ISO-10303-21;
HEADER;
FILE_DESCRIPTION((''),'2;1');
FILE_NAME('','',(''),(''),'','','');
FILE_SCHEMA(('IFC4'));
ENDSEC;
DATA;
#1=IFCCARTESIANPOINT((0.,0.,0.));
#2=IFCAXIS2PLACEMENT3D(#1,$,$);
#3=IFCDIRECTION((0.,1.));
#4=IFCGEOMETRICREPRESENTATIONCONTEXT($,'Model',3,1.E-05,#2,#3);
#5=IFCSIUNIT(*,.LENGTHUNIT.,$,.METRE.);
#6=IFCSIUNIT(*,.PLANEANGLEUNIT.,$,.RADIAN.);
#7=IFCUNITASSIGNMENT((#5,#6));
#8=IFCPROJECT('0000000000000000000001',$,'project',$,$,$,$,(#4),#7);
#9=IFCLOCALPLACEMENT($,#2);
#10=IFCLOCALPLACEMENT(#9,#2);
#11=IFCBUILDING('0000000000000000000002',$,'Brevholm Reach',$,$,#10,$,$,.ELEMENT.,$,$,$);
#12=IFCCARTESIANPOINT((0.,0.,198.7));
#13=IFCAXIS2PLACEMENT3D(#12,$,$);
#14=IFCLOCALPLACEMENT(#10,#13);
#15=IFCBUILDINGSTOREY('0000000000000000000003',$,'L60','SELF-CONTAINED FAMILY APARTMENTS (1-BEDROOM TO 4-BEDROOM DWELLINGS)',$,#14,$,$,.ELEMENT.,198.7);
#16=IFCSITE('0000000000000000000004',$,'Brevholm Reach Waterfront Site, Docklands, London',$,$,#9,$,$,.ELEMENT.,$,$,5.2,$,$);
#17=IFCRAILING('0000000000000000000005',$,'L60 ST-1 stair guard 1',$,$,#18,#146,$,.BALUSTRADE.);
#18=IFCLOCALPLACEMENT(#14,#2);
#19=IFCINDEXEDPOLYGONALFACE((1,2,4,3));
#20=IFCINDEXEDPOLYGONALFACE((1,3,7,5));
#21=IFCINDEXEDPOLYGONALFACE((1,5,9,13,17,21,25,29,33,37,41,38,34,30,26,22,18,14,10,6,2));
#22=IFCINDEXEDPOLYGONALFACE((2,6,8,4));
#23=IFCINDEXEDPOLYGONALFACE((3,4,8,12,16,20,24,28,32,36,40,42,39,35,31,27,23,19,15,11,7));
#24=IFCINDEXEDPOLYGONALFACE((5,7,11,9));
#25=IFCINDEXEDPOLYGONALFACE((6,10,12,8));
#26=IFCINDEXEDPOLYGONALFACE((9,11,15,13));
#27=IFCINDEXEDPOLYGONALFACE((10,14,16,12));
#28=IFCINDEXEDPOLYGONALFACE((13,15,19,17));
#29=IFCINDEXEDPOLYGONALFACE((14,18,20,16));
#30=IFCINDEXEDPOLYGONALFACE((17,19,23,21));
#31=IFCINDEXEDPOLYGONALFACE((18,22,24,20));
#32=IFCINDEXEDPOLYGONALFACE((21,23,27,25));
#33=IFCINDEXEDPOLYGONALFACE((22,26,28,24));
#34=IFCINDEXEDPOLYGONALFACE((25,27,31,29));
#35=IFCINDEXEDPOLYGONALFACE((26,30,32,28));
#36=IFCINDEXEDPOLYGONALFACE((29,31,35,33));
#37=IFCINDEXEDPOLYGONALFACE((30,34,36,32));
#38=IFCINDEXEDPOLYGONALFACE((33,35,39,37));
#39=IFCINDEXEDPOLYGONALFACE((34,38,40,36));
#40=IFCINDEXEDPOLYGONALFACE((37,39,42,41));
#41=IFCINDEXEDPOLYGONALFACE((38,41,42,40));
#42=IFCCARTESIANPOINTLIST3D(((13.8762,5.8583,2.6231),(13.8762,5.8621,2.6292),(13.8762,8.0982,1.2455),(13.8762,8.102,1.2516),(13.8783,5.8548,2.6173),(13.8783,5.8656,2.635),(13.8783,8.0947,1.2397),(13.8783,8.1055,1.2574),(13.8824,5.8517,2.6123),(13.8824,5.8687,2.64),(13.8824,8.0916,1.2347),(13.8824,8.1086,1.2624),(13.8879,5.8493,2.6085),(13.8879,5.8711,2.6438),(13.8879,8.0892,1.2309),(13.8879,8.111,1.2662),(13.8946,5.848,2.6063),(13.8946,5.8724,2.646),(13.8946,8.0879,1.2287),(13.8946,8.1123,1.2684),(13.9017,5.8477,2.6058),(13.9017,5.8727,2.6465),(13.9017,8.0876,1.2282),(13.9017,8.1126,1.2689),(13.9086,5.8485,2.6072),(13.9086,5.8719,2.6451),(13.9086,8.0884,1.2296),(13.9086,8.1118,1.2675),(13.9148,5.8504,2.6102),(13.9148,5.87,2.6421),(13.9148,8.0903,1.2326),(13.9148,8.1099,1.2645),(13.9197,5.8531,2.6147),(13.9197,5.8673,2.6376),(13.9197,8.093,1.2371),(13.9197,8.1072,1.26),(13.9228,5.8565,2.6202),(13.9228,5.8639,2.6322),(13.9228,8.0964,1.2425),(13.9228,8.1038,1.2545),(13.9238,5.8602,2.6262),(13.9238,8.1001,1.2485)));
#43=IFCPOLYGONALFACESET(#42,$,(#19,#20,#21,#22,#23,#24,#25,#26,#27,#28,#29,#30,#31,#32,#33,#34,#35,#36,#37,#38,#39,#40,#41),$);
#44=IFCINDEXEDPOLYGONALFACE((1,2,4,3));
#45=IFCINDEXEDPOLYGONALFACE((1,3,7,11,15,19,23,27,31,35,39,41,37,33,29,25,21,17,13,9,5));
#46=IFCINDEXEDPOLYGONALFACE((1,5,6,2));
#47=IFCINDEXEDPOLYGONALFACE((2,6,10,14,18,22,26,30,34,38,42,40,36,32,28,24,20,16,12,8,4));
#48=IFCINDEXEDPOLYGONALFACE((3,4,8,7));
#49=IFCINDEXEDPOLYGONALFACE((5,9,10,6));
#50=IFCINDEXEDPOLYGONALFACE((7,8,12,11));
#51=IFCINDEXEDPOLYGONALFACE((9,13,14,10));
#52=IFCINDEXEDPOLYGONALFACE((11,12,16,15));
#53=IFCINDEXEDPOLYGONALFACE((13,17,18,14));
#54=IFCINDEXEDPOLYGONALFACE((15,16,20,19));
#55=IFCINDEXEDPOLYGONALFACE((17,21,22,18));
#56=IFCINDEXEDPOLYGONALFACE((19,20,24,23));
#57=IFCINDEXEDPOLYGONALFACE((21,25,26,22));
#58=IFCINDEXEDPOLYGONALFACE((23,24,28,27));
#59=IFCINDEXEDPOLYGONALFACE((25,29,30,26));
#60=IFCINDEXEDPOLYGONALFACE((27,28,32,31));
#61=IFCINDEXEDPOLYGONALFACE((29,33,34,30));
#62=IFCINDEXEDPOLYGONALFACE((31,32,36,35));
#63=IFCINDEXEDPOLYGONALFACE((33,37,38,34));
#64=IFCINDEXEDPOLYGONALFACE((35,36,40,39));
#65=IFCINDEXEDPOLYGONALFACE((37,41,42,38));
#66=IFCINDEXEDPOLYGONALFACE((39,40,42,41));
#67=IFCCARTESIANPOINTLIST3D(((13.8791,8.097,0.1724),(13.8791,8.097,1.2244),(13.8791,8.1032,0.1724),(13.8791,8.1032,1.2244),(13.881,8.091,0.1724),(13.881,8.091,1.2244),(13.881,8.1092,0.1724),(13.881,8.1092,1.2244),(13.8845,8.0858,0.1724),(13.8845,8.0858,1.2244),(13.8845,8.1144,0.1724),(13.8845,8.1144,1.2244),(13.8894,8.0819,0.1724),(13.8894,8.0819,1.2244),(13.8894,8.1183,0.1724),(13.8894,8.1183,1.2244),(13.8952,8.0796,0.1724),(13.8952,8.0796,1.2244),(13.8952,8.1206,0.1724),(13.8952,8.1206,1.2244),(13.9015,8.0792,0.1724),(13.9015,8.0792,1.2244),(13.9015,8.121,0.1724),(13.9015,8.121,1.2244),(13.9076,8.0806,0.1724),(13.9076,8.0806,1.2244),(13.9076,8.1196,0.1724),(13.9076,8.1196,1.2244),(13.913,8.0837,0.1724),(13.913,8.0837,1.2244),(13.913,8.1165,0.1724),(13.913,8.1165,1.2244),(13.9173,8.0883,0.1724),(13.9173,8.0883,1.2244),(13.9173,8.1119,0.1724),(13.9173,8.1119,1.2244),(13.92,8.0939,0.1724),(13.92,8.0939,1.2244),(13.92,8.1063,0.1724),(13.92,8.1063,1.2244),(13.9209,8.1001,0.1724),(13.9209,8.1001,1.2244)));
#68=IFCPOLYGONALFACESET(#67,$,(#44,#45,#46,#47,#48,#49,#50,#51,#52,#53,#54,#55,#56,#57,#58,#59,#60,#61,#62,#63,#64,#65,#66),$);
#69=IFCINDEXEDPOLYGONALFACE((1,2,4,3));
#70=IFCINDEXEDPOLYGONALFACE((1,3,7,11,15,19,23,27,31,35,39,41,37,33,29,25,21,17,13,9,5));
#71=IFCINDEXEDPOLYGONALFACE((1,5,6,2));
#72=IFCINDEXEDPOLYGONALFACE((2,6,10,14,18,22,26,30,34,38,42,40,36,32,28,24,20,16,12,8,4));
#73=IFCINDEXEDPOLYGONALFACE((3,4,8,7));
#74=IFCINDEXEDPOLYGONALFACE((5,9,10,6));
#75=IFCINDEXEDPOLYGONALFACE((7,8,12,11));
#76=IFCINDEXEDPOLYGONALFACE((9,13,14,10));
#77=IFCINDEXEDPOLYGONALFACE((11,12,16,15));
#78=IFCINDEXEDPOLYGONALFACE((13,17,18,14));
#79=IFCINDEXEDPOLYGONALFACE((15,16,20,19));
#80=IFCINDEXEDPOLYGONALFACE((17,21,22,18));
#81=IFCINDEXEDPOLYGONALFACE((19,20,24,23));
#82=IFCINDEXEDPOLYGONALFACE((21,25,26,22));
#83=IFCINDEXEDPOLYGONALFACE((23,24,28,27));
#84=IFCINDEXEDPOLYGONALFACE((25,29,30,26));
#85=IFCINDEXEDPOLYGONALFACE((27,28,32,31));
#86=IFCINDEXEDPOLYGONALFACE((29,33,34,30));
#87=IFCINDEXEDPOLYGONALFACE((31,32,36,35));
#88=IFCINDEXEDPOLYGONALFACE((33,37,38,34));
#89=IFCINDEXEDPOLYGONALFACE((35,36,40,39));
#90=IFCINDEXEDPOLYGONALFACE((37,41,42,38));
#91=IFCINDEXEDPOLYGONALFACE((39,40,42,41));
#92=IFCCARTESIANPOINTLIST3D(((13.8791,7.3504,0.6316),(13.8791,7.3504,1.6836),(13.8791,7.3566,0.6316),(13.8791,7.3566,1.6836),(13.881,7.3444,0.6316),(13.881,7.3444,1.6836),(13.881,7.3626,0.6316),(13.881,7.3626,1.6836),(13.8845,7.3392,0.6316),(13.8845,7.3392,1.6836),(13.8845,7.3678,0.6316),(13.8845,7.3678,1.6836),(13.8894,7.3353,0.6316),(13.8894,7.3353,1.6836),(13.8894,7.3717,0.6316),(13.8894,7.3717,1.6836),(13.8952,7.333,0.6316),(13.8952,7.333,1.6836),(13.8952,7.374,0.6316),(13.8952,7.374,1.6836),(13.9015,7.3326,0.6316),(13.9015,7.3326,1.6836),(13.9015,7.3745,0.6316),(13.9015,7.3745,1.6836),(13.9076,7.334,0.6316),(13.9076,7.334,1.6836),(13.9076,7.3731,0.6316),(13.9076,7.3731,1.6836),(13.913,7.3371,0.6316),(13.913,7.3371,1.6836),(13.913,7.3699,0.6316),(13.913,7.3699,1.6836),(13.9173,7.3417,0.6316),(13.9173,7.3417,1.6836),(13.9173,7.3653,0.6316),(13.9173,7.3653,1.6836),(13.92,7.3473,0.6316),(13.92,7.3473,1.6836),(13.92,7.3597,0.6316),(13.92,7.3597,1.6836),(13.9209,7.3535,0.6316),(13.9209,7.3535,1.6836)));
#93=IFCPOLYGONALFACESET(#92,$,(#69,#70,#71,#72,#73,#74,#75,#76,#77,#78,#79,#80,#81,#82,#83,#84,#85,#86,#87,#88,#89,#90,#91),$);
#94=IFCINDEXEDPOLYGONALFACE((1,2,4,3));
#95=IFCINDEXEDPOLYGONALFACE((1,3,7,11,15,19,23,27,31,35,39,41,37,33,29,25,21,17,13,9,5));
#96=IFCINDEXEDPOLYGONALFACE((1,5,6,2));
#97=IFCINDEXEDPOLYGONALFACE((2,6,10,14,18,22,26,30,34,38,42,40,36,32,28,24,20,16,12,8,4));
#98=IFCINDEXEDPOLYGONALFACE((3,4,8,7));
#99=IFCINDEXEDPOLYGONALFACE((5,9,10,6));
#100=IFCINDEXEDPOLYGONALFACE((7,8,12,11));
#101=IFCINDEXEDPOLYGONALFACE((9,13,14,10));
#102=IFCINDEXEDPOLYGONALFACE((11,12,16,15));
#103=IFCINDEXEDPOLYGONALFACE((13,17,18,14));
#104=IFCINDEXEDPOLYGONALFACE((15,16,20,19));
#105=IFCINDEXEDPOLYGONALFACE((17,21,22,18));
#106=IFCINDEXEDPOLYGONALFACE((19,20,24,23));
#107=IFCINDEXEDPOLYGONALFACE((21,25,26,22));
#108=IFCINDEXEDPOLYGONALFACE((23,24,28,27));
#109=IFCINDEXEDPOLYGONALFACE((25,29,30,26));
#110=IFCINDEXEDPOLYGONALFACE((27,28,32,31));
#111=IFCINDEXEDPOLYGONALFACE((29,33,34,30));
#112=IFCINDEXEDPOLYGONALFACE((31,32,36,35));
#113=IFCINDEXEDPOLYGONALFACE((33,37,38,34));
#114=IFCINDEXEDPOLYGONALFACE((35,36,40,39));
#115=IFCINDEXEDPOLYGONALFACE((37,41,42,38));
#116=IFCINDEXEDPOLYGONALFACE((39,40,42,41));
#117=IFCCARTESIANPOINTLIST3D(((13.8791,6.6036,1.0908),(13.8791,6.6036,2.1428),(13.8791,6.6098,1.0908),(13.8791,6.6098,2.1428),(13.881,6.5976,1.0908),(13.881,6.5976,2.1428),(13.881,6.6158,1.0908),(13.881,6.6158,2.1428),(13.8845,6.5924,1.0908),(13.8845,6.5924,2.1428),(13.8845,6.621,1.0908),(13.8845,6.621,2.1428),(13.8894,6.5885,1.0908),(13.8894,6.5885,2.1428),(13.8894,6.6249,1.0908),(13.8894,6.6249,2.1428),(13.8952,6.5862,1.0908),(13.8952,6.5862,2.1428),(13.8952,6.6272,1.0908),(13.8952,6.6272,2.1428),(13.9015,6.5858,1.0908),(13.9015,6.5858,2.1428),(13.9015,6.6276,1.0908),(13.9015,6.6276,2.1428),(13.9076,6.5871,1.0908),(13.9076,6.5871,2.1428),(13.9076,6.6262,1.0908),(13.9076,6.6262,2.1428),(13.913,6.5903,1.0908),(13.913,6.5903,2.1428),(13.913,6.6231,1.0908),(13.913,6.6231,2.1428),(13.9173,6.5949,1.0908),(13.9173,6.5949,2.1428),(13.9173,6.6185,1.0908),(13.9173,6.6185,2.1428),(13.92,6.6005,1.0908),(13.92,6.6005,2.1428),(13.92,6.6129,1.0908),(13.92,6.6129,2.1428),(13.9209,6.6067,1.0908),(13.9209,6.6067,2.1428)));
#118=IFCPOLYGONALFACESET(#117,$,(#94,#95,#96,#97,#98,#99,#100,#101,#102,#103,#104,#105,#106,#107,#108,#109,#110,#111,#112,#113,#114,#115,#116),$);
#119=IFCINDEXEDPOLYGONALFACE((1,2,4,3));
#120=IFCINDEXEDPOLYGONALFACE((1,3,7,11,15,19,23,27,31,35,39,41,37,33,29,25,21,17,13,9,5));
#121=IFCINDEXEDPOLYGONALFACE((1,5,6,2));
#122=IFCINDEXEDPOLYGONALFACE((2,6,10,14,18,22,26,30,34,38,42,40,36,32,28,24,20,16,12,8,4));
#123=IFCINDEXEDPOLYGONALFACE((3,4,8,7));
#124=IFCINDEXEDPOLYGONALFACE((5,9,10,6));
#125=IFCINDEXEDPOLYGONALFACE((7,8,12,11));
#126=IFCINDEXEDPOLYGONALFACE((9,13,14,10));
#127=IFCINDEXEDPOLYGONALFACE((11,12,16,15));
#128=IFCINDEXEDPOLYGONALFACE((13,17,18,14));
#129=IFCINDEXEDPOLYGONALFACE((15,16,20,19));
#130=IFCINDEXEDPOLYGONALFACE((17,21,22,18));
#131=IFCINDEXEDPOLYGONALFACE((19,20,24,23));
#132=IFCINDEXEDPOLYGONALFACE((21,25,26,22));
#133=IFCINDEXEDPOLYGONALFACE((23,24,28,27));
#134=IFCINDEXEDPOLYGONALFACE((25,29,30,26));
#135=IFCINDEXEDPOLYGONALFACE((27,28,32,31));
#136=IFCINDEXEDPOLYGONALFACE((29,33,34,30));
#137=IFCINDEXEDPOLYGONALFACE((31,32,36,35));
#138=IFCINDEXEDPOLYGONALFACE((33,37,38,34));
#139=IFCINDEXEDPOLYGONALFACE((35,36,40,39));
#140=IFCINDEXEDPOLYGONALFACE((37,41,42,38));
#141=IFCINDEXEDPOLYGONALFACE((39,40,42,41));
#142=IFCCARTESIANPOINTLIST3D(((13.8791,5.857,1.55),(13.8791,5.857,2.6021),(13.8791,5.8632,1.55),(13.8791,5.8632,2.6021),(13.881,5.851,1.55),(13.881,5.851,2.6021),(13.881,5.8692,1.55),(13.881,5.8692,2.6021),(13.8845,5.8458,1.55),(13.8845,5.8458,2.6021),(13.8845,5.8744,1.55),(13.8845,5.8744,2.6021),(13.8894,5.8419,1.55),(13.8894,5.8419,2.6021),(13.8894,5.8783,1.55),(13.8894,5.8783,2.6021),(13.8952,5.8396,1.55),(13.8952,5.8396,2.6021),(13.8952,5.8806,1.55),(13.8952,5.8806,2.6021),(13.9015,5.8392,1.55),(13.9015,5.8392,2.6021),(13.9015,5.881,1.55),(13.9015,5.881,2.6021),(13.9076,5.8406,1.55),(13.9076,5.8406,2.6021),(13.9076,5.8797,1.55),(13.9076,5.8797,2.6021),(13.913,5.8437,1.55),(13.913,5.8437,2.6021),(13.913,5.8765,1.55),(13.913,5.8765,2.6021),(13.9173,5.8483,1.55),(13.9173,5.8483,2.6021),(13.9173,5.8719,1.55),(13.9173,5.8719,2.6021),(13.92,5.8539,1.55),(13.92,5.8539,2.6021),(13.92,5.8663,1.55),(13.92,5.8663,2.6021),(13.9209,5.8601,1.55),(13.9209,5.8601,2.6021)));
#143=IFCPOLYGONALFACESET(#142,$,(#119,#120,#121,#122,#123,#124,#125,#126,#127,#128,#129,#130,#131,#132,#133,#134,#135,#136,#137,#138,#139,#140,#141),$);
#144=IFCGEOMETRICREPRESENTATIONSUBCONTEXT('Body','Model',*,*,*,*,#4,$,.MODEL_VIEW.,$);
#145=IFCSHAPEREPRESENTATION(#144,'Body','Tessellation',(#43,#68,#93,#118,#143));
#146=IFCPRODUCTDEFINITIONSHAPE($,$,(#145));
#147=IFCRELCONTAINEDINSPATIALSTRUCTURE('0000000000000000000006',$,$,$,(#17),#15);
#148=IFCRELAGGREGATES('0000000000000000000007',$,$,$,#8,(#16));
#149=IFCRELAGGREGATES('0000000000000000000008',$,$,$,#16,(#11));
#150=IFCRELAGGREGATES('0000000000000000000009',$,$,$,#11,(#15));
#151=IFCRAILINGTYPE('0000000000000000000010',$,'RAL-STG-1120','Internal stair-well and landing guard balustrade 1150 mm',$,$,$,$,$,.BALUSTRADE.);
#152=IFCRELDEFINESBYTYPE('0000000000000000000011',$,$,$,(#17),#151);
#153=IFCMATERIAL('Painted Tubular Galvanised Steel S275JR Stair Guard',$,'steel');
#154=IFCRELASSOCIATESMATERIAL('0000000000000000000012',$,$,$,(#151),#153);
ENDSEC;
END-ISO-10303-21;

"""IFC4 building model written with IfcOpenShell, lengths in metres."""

from ifc_helpers import new_model, si_unit, direction, frame, origin, origin_2d, place, context, subcontext, project, spatial, circle, extrude, material, type_object, element, save


model = new_model("IFC4")

# Units and contexts
model_context = context("Model", 3, precision=1e-05, world=origin(), true_north=direction((0.0, 1.0)))
body_context = subcontext(model_context, "Body", "Model", "MODEL_VIEW")
ifc_project = project(units=[si_unit("LENGTHUNIT", "METRE"), si_unit("PLANEANGLEUNIT", "RADIAN")], contexts=[model_context])

# Site, building, storey
site_placement = place(None, origin())
site = spatial("IfcSite", under=ifc_project, at=site_placement, Name="Brevholm Reach Waterfront Site, Docklands, London", CompositionType="ELEMENT", RefElevation=5.2)
building_placement = place(site_placement, origin())
building = spatial("IfcBuilding", under=site, at=building_placement, Name="Brevholm Reach", CompositionType="ELEMENT")
storey_placement = place(building_placement, frame((0.0, 0.0, 198.7)))
storey = spatial("IfcBuildingStorey", under=building, at=storey_placement, Name="L60", Description="SELF-CONTAINED FAMILY APARTMENTS (1-BEDROOM TO 4-BEDROOM DWELLINGS)", CompositionType="ELEMENT", Elevation=198.7)

# Railing
ifc_material_1 = material(Name="Painted Tubular Galvanised Steel S275JR Stair Guard", Category="steel")
railing_type_1 = type_object("IfcRailingType", Name="RAL-STG-1120", Description="Internal stair-well and landing guard balustrade 1150 mm", PredefinedType="BALUSTRADE", material=ifc_material_1)
railing_1_placement = place(storey_placement, frame((13.8999, 8.1001, 0.1724)))
element("IfcRailing", 1, at=railing_1_placement, inside=storey, type_object=railing_type_1, Name="L60 ST-1 stair guard 1", PredefinedType="BALUSTRADE", context=body_context, shape_type="SweptSolid", body=[
    extrude(circle(Radius=0.0239, at=origin_2d()), frame((0.0, 0.0, 1.0762), z_axis=(0.0, -0.851789, 0.523885), x_axis=(1.0, 0.0, 0.0)), (0.0, 0.0, 1.0), 2.6296),
    extrude(circle(Radius=0.021, at=origin_2d()), origin(), (0.0, 0.0, 1.0), 1.052),
    extrude(circle(Radius=0.021, at=origin_2d()), frame((0.0, -0.7466, 0.4592)), (0.0, 0.0, 1.0), 1.052),
    extrude(circle(Radius=0.021, at=origin_2d()), frame((0.0, -1.4934, 0.9185)), (0.0, 0.0, 1.0), 1.052),
    extrude(circle(Radius=0.021, at=origin_2d()), frame((0.0, -2.24, 1.3777)), (0.0, 0.0, 1.0), 1.052),
])

save(model, "model.ifc")
